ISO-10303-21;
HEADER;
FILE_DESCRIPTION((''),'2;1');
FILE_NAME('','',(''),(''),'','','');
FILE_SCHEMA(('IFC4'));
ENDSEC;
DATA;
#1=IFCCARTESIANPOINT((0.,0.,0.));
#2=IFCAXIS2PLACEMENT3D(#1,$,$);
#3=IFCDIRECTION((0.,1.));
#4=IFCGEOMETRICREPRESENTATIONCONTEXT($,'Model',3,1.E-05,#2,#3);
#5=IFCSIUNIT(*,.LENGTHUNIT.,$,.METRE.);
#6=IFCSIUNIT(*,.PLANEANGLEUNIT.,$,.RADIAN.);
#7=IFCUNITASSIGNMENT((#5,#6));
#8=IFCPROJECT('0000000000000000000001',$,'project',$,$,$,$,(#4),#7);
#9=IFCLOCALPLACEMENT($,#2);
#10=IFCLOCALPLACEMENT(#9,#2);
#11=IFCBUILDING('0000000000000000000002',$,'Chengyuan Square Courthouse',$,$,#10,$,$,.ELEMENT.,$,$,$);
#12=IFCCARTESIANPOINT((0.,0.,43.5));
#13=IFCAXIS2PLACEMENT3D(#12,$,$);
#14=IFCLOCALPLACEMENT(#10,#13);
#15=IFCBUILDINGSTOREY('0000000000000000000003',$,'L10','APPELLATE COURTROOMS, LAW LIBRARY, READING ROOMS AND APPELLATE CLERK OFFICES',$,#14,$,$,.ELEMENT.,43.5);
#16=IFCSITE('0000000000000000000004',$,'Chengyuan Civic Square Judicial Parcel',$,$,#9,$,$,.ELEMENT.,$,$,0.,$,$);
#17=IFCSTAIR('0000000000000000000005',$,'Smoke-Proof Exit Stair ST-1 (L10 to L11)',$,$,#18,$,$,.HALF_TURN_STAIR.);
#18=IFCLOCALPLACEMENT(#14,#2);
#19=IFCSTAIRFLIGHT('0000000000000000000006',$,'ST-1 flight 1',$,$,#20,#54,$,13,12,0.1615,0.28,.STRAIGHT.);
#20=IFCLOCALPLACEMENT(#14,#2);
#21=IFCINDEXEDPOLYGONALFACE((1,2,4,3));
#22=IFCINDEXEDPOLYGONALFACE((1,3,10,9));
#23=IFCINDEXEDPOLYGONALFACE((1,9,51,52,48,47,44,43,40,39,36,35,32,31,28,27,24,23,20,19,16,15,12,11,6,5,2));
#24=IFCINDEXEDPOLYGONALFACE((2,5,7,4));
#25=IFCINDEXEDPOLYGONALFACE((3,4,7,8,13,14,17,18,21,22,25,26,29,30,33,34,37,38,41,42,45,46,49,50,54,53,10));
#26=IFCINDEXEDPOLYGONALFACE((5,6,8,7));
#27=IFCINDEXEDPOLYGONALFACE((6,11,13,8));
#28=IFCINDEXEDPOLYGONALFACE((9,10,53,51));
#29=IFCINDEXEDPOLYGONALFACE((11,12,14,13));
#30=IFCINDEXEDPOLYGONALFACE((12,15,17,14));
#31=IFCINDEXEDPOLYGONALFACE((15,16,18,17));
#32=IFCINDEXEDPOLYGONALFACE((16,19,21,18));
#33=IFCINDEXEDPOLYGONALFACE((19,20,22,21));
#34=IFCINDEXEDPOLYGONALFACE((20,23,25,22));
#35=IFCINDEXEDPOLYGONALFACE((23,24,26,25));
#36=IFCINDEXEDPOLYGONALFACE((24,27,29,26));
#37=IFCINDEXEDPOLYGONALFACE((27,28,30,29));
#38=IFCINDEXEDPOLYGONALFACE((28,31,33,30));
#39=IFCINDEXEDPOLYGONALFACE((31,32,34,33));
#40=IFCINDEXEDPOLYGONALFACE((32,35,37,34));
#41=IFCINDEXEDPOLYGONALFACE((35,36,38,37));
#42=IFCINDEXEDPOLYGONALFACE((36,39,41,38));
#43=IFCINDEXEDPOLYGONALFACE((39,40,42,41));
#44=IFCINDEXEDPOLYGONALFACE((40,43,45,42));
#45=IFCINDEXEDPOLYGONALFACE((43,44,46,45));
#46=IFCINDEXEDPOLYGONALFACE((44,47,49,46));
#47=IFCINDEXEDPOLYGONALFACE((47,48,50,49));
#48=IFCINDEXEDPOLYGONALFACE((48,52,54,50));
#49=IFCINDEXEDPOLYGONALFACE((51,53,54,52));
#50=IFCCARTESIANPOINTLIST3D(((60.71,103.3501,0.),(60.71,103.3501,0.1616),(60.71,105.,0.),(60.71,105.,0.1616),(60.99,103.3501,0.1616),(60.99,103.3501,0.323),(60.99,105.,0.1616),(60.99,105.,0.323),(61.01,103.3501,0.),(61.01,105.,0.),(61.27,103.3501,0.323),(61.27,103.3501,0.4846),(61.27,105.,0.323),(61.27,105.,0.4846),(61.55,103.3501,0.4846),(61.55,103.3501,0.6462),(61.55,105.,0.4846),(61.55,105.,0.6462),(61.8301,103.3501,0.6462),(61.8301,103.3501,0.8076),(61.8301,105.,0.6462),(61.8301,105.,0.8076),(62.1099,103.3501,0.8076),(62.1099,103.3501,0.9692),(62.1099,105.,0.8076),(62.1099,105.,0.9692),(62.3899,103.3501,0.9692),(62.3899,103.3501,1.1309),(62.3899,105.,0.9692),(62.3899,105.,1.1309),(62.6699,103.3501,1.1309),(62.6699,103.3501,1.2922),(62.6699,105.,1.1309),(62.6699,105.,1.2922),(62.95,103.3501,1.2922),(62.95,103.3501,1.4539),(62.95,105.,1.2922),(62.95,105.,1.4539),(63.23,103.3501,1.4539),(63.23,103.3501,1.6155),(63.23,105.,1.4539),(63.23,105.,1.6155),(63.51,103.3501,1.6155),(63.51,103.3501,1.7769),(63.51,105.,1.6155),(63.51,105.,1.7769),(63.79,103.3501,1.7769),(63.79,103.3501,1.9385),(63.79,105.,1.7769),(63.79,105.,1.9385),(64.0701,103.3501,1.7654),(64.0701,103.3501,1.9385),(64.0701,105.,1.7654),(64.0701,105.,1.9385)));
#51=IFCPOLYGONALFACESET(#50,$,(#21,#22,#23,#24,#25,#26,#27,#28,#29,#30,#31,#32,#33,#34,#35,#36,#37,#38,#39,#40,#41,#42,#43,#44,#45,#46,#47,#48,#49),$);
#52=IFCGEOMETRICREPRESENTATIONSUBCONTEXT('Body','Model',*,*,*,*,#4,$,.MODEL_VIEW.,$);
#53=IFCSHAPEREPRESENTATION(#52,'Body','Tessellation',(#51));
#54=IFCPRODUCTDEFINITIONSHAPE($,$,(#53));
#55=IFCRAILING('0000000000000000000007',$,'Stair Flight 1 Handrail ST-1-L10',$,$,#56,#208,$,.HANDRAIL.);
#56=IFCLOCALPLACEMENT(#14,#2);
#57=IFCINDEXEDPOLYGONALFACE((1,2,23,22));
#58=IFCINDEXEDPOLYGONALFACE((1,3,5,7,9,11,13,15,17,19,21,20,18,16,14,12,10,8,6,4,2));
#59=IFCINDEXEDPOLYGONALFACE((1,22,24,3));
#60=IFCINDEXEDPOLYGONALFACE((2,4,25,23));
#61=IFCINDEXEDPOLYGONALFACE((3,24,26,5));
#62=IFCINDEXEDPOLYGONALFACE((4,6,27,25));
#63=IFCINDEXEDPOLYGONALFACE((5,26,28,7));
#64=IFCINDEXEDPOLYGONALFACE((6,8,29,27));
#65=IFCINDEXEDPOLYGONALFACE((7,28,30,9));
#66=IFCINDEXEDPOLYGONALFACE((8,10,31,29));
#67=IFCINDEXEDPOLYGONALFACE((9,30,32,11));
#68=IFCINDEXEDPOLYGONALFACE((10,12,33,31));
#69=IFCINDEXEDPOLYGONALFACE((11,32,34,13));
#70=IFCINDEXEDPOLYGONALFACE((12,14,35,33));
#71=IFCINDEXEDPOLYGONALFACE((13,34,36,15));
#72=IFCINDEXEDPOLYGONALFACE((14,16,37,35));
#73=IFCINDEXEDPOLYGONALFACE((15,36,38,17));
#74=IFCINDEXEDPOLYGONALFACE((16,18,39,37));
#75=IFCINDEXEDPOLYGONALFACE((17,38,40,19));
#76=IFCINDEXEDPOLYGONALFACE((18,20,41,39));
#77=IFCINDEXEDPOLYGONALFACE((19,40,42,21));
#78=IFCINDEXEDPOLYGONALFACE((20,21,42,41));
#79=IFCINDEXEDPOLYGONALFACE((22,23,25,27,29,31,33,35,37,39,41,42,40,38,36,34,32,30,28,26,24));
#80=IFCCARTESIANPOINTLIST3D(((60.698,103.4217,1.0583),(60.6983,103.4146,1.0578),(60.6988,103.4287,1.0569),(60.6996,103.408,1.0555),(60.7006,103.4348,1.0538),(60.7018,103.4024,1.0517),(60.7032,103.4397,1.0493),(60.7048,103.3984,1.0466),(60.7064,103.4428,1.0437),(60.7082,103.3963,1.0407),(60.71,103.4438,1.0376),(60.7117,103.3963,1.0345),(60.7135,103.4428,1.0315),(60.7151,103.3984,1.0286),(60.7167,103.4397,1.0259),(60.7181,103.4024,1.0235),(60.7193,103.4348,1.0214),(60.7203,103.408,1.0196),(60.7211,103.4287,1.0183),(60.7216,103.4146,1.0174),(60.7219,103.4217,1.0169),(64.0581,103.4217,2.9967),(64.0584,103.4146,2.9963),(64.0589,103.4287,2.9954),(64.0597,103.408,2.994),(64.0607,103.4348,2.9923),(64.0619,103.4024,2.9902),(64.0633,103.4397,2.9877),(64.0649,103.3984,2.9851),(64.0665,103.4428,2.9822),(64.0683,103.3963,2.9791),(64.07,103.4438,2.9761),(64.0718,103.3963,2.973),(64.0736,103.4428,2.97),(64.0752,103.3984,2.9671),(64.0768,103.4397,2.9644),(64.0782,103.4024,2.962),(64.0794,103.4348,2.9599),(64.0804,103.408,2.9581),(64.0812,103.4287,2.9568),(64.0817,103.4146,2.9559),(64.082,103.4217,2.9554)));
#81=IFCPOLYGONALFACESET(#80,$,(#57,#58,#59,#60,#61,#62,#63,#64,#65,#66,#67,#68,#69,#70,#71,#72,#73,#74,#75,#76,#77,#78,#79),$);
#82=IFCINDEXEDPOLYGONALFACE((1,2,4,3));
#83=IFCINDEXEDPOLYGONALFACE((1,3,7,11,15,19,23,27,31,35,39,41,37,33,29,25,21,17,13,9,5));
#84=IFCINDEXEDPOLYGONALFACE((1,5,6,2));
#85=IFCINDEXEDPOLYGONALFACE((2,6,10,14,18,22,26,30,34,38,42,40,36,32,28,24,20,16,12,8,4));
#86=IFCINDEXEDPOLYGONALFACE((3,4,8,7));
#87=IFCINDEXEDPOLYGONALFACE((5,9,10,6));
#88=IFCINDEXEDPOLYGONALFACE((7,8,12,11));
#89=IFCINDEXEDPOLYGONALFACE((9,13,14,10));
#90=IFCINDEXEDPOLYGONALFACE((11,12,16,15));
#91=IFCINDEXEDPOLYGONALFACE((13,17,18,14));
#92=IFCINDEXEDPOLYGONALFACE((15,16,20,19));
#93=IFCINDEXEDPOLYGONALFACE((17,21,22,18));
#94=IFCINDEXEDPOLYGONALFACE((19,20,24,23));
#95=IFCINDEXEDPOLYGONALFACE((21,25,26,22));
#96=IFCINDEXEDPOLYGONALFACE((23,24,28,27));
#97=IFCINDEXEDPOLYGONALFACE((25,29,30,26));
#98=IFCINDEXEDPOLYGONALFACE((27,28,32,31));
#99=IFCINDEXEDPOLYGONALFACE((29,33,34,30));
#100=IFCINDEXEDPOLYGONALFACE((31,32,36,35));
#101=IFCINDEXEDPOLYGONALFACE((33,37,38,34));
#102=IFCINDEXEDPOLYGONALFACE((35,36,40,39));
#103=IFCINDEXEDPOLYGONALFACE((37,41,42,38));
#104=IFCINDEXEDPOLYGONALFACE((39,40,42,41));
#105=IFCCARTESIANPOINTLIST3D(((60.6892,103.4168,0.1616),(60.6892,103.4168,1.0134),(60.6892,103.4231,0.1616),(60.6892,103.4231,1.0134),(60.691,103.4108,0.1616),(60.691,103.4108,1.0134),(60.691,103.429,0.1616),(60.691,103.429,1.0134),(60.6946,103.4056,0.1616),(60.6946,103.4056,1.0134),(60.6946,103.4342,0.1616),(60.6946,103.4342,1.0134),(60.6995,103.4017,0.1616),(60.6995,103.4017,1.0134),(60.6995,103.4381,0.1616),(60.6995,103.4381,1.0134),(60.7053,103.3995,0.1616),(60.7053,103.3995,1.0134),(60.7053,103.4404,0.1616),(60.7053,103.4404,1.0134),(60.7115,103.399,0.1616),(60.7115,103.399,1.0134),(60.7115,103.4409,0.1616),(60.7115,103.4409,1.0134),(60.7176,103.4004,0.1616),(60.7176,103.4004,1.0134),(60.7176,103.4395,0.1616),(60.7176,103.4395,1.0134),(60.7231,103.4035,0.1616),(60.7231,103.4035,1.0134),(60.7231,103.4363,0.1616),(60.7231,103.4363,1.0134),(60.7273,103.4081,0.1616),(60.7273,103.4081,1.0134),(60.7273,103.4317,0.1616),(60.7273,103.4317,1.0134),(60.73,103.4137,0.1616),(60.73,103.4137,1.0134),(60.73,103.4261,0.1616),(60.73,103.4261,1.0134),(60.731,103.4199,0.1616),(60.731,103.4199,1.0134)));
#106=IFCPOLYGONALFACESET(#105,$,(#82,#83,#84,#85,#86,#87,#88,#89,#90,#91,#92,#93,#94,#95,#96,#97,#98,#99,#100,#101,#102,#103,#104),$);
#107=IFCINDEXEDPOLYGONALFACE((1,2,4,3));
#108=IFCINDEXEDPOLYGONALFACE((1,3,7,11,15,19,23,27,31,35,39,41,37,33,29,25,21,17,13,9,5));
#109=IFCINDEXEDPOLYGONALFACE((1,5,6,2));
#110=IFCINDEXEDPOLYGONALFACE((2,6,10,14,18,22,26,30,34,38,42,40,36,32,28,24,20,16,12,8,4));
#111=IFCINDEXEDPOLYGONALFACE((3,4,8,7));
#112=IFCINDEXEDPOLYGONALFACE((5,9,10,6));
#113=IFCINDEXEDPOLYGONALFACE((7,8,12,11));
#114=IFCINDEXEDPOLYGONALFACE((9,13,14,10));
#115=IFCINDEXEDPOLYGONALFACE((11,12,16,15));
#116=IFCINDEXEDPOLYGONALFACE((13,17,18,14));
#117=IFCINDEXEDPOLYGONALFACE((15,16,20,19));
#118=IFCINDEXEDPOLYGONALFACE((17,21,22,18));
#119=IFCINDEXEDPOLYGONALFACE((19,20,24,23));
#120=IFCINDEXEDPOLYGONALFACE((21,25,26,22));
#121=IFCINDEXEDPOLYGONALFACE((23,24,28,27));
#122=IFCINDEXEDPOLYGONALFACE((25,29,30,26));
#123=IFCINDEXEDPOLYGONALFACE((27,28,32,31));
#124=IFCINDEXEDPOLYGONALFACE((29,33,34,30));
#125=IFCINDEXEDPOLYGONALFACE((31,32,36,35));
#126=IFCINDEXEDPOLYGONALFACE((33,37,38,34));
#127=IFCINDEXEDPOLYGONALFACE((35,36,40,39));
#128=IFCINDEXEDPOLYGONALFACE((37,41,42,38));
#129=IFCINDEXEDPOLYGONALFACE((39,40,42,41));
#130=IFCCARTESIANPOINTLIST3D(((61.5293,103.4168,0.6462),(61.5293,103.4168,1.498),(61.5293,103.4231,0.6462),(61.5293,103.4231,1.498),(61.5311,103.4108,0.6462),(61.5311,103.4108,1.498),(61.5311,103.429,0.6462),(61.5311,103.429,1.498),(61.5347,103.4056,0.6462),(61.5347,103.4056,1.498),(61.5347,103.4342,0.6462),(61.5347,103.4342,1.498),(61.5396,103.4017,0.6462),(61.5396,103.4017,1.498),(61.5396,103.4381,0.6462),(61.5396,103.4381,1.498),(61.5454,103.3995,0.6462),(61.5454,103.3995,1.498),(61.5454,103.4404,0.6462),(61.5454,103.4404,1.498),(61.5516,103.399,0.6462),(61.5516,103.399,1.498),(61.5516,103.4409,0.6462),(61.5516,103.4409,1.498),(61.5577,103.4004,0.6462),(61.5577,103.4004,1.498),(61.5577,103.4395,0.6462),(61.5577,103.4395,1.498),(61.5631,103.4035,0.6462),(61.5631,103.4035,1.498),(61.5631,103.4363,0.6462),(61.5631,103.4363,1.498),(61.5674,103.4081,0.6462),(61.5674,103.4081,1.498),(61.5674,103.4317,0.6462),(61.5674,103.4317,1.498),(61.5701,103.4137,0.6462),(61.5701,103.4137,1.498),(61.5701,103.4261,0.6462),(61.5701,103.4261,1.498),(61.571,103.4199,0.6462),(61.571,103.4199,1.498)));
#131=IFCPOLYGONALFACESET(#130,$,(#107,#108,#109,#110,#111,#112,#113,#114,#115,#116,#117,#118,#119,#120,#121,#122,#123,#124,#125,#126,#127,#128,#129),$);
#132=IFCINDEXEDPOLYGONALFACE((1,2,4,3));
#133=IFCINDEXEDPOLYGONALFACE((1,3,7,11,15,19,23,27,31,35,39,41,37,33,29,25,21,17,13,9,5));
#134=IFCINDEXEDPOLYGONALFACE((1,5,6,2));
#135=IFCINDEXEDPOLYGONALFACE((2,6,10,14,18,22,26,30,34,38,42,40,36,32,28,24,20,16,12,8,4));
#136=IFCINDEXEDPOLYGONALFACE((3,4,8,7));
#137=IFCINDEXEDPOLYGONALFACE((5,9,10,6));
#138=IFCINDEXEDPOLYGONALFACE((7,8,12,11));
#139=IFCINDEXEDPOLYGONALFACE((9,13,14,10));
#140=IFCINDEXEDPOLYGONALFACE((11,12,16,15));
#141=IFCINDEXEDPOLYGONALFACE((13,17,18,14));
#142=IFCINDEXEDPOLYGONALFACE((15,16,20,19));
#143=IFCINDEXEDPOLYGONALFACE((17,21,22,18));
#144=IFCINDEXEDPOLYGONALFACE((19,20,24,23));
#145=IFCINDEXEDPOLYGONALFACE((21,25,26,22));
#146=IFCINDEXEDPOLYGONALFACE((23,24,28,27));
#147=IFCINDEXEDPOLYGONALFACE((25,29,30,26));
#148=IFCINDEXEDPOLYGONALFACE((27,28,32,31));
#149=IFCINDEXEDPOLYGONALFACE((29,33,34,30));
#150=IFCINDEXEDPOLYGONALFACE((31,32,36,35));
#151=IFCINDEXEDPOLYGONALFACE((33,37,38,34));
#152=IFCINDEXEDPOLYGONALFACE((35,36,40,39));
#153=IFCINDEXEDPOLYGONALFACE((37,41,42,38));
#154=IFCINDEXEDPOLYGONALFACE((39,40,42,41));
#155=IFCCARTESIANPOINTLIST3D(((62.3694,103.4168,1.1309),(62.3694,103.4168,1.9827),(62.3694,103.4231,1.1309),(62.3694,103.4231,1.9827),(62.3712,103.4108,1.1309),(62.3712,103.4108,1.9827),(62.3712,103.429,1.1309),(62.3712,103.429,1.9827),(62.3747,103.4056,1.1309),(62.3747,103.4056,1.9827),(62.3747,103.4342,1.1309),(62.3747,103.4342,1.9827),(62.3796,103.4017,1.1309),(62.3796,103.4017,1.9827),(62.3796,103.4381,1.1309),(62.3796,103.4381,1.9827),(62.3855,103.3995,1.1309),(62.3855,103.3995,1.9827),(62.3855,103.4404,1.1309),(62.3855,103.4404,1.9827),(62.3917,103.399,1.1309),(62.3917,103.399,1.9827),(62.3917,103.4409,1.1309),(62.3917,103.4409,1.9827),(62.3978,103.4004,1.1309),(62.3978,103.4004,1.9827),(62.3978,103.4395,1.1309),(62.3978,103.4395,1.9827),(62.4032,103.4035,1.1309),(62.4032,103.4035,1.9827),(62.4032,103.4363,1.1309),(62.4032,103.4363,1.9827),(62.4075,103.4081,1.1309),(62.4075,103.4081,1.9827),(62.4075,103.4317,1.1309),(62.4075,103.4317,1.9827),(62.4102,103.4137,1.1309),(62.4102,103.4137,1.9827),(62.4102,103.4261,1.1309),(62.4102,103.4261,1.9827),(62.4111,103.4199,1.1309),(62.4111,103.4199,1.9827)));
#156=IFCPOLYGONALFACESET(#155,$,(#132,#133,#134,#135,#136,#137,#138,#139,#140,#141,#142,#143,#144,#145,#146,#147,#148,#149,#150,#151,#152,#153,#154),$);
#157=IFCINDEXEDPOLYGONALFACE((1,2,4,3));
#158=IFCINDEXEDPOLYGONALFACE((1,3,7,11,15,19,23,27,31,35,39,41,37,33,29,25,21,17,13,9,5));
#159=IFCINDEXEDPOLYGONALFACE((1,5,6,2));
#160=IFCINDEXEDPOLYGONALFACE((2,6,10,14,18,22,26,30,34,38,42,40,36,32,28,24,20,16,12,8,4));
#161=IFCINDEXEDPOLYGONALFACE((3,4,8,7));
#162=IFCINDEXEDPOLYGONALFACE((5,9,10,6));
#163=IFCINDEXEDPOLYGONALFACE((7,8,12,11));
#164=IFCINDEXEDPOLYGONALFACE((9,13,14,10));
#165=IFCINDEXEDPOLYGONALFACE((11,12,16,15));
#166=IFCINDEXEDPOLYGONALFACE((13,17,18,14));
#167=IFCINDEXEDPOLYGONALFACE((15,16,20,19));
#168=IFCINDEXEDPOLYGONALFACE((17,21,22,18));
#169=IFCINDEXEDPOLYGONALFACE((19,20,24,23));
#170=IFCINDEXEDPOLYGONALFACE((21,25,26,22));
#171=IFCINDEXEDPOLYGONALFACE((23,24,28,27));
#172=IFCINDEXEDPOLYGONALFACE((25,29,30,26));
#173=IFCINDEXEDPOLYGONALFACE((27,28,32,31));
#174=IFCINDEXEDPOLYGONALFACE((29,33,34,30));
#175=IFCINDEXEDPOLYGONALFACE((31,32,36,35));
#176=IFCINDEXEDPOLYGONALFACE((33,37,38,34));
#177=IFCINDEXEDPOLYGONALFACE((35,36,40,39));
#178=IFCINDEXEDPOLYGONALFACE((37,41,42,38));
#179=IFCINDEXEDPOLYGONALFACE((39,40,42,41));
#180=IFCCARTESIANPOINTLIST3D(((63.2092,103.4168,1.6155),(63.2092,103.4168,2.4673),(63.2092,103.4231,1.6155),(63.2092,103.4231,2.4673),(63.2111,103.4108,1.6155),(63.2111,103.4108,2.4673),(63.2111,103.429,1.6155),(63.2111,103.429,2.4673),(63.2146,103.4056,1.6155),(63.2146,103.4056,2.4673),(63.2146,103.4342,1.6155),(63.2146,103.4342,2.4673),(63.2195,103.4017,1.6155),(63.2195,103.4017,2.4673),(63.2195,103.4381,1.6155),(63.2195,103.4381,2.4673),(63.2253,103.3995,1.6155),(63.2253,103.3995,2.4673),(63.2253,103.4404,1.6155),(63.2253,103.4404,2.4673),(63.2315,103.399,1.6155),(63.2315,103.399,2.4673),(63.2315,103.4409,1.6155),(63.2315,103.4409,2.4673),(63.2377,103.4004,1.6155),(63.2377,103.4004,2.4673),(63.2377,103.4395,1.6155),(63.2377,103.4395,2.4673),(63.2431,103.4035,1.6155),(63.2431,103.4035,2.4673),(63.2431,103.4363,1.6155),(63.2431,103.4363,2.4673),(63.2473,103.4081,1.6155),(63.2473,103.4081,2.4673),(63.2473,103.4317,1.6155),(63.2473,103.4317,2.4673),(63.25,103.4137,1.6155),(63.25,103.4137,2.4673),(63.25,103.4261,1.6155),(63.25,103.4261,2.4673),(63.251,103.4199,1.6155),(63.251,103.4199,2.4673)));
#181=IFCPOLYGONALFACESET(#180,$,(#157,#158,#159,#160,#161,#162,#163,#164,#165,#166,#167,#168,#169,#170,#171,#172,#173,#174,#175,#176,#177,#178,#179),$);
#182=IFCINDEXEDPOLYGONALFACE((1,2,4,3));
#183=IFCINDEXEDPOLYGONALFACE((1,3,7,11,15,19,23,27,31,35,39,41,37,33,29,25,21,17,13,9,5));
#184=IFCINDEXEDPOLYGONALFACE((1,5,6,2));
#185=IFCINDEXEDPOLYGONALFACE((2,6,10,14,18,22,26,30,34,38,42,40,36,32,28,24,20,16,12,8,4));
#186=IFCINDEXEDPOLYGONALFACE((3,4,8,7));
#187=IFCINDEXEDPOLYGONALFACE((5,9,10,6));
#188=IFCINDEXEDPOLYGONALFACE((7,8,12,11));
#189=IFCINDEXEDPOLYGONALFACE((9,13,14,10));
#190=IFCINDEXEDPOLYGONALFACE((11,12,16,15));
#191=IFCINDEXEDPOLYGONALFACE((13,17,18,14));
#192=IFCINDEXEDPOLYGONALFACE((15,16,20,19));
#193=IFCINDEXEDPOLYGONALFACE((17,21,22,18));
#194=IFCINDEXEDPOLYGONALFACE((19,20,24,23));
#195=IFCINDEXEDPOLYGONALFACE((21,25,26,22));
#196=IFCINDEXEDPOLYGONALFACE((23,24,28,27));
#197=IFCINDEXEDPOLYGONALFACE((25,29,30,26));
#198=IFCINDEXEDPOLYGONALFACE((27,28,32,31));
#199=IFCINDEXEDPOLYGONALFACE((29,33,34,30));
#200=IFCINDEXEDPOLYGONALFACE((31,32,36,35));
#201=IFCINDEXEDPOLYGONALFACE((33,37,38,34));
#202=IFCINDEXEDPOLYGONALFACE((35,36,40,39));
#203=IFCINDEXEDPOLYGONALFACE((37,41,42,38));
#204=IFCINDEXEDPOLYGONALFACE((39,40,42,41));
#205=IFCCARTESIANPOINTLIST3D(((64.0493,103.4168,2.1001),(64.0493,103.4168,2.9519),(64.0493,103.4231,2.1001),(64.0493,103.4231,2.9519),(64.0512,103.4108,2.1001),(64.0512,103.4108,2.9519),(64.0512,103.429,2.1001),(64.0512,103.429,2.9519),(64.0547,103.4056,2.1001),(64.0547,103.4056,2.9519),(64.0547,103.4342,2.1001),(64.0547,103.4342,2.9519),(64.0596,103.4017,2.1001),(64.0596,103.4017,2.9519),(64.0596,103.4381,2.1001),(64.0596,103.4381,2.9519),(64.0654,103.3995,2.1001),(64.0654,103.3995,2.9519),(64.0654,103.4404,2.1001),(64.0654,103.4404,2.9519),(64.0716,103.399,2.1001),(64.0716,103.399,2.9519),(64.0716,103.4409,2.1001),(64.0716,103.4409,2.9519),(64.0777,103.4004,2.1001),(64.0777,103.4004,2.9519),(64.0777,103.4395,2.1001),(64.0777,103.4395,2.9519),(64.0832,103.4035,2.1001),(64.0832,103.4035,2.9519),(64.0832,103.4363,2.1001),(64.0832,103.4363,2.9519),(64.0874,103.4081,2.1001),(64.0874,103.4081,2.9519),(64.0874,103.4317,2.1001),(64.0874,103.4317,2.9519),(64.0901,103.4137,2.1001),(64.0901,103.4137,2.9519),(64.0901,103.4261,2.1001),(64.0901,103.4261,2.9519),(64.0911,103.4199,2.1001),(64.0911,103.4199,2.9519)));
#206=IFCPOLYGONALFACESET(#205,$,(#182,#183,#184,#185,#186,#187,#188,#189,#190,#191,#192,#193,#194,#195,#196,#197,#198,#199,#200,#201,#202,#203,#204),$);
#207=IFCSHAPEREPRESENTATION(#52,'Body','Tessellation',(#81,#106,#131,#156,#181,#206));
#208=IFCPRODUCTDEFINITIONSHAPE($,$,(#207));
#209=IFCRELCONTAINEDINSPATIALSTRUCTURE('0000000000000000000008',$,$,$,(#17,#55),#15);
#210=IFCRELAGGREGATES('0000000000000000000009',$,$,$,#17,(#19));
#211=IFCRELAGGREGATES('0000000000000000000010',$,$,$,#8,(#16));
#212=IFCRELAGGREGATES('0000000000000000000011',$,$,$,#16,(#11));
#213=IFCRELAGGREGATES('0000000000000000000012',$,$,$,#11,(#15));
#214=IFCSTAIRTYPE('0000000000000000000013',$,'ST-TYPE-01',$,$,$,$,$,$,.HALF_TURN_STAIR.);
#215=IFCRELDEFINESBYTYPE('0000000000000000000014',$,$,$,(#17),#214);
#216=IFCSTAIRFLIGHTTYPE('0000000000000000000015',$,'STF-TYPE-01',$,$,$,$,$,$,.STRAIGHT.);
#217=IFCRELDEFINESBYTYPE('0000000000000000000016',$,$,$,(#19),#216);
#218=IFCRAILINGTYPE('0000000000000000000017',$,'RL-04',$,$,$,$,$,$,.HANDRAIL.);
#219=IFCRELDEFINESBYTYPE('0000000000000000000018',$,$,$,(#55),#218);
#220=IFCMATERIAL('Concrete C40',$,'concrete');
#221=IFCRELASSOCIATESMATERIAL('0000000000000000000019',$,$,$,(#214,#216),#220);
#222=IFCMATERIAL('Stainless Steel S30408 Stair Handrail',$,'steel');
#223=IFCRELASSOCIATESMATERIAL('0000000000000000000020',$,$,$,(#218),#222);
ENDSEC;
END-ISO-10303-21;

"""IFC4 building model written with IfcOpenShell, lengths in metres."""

from ifc_helpers import new_model, si_unit, direction, frame, origin, origin_2d, place, context, subcontext, project, spatial, polyline, circle, outline, extrude, material, type_object, element, aggregate, save


model = new_model("IFC4")

# Units and contexts
model_context = context("Model", 3, precision=1e-05, world=origin(), true_north=direction((0.0, 1.0)))
body_context = subcontext(model_context, "Body", "Model", "MODEL_VIEW")
ifc_project = project(units=[si_unit("LENGTHUNIT", "METRE"), si_unit("PLANEANGLEUNIT", "RADIAN")], contexts=[model_context])

# Site, building, storey
site_placement = place(None, origin())
site = spatial("IfcSite", under=ifc_project, at=site_placement, Name="Chengyuan Civic Square Judicial Parcel", CompositionType="ELEMENT", RefElevation=0.0)
building_placement = place(site_placement, origin())
building = spatial("IfcBuilding", under=site, at=building_placement, Name="Chengyuan Square Courthouse", CompositionType="ELEMENT")
storey_placement = place(building_placement, frame((0.0, 0.0, 43.5)))
storey = spatial("IfcBuildingStorey", under=building, at=storey_placement, Name="L10", Description="APPELLATE COURTROOMS, LAW LIBRARY, READING ROOMS AND APPELLATE CLERK OFFICES", CompositionType="ELEMENT", Elevation=43.5)

# Shared definitions
ifc_material_1 = material(Name="Concrete C40", Category="concrete")

# Stair, stair flight
stair_type = type_object("IfcStairType", Name="ST-TYPE-01", PredefinedType="HALF_TURN_STAIR", material=ifc_material_1)
stair_placement = place(storey_placement, origin())
stair = element("IfcStair", 1, at=stair_placement, inside=storey, type_object=stair_type, Name="Smoke-Proof Exit Stair ST-1 (L10 to L11)", PredefinedType="HALF_TURN_STAIR")
stair_flight_type = type_object("IfcStairFlightType", Name="STF-TYPE-01", PredefinedType="STRAIGHT", material=ifc_material_1)
stair_flight_placement = place(storey_placement, frame((60.71, 104.175, 0.0), z_axis=(0.0, 0.0, 1.0), x_axis=(1.0, 0.0, 0.0)))
stair_flight = element("IfcStairFlight", 2, at=stair_flight_placement, type_object=stair_flight_type, Name="ST-1 flight 1", NumberOfRisers=13, NumberOfTreads=12, PredefinedType="STRAIGHT", RiserHeight=0.1615, TreadLength=0.28, context=body_context, shape_type="SweptSolid", body=[
    extrude(outline(polyline([(0.0, 0.0), (0.0, 0.1616), (0.28, 0.1616), (0.28, 0.323), (0.5601, 0.323), (0.5601, 0.4846), (0.8401, 0.4846), (0.8401, 0.6462), (1.1201, 0.6462), (1.1201, 0.8076), (1.3999, 0.8076), (1.3999, 0.9692), (1.6799, 0.9692), (1.6799, 1.1309), (1.96, 1.1309), (1.96, 1.2922), (2.24, 1.2922), (2.24, 1.4539), (2.52, 1.4539), (2.52, 1.6155), (2.8, 1.6155), (2.8, 1.7769), (3.0801, 1.7769), (3.0801, 1.9385), (3.3601, 1.9385), (3.3601, 2.1001), (3.3601, 1.7654), (0.3, 0.0), (0.0, 0.0)])), frame((0.0, 0.825, 0.0), z_axis=(0.0, -1.0, 0.0), x_axis=(1.0, 0.0, 0.0)), (0.0, 0.0, 1.0), 1.6499),
])
aggregate(stair, [stair_flight])

# Railing
ifc_material_2 = material(Name="Stainless Steel S30408 Stair Handrail", Category="steel")
railing_type = type_object("IfcRailingType", Name="RL-04", PredefinedType="HANDRAIL", material=ifc_material_2)
railing_placement = place(storey_placement, frame((60.71, 103.4199, 0.1616)))
element("IfcRailing", 3, at=railing_placement, inside=storey, type_object=railing_type, Name="Stair Flight 1 Handrail ST-1-L10", PredefinedType="HANDRAIL", context=body_context, shape_type="SweptSolid", body=[
    extrude(circle(Radius=0.0239, at=origin_2d()), frame((0.0, 0.0, 0.876), z_axis=(0.866191, 0.0, 0.499713), x_axis=(0.0, 1.0, 0.0)), (0.0, 0.0, 1.0), 3.8792),
    extrude(circle(Radius=0.021, at=origin_2d()), origin(), (0.0, 0.0, 1.0), 0.8518),
    extrude(circle(Radius=0.021, at=origin_2d()), frame((0.8401, 0.0, 0.4846)), (0.0, 0.0, 1.0), 0.8518),
    extrude(circle(Radius=0.021, at=origin_2d()), frame((1.6802, 0.0, 0.9692)), (0.0, 0.0, 1.0), 0.8518),
    extrude(circle(Radius=0.021, at=origin_2d()), frame((2.52, 0.0, 1.4539)), (0.0, 0.0, 1.0), 0.8518),
    extrude(circle(Radius=0.021, at=origin_2d()), frame((3.3601, 0.0, 1.9385)), (0.0, 0.0, 1.0), 0.8518),
])

save(model, "model.ifc")
